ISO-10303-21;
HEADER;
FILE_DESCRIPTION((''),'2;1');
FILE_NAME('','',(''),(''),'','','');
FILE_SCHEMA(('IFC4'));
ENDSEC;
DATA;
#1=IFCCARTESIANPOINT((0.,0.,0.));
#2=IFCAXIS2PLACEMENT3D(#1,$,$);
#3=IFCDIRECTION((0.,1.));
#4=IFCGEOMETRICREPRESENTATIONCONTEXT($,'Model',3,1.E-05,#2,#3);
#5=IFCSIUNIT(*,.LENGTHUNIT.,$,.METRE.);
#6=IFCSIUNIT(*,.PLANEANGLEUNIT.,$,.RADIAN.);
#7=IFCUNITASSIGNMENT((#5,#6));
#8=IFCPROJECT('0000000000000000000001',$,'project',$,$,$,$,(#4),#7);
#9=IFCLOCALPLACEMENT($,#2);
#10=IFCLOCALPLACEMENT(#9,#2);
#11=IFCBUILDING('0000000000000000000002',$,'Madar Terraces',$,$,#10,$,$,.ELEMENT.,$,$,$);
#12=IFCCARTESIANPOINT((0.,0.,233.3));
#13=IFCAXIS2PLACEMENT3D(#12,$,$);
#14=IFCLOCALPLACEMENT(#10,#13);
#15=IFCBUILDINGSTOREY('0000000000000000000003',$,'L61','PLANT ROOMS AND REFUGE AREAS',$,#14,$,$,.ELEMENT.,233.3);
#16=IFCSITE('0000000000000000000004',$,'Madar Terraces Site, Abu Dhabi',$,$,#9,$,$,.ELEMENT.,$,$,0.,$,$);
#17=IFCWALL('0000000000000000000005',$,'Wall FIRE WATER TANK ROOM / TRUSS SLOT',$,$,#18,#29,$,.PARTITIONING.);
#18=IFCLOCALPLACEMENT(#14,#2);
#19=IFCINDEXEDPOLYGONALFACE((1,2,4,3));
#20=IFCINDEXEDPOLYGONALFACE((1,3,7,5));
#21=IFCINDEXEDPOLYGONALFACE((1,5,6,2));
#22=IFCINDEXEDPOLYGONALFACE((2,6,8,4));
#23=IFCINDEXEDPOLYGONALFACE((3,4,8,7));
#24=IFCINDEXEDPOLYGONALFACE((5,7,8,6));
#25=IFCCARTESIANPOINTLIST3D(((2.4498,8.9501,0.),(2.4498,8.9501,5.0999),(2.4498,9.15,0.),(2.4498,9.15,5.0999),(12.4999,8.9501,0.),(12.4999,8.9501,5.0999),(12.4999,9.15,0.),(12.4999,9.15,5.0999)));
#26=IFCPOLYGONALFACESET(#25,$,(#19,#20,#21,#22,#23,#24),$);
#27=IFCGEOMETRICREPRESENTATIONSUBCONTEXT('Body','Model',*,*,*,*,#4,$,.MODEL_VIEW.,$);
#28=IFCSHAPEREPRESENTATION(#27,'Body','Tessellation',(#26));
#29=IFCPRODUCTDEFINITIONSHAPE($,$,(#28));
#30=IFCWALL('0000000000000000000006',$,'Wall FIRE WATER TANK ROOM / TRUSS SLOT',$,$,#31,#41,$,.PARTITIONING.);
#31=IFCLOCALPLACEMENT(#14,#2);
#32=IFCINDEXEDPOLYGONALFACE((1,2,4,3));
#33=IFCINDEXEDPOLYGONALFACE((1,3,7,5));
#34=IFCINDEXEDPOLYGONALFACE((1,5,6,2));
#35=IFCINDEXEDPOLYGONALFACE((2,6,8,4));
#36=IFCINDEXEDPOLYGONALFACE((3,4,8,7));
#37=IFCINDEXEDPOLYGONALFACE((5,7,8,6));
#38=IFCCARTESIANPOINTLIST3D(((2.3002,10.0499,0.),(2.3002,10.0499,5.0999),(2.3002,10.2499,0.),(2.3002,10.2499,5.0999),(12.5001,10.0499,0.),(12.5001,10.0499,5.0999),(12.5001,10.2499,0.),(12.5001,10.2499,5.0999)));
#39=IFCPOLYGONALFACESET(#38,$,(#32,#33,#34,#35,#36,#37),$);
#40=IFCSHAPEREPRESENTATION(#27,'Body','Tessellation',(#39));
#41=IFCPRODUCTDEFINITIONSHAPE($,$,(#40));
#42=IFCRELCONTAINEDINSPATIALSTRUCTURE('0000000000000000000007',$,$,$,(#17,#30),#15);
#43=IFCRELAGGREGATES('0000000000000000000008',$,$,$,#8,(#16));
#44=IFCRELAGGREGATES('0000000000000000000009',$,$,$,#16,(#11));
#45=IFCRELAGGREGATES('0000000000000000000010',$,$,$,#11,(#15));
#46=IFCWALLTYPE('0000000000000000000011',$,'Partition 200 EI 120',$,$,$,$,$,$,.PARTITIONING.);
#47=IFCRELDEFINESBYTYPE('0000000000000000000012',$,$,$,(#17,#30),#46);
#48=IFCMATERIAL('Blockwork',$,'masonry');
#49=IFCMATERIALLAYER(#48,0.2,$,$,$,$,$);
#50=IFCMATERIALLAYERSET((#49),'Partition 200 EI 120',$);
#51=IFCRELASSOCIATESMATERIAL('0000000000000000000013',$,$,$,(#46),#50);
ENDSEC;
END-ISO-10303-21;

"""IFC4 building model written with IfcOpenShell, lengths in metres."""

from ifc_helpers import new_model, si_unit, direction, frame, frame_2d, origin, place, context, subcontext, project, spatial, rectangle, extrude, material, layer, layer_set, type_object, element, save


model = new_model("IFC4")

# Units and contexts
model_context = context("Model", 3, precision=1e-05, world=origin(), true_north=direction((0.0, 1.0)))
body_context = subcontext(model_context, "Body", "Model", "MODEL_VIEW")
ifc_project = project(units=[si_unit("LENGTHUNIT", "METRE"), si_unit("PLANEANGLEUNIT", "RADIAN")], contexts=[model_context])

# Site, building, storey
site_placement = place(None, origin())
site = spatial("IfcSite", under=ifc_project, at=site_placement, Name="Madar Terraces Site, Abu Dhabi", CompositionType="ELEMENT", RefElevation=0.0)
building_placement = place(site_placement, origin())
building = spatial("IfcBuilding", under=site, at=building_placement, Name="Madar Terraces", CompositionType="ELEMENT")
storey_placement = place(building_placement, frame((0.0, 0.0, 233.3)))
storey = spatial("IfcBuildingStorey", under=building, at=storey_placement, Name="L61", Description="PLANT ROOMS AND REFUGE AREAS", CompositionType="ELEMENT", Elevation=233.3)

# Walls
ifc_material_1 = material(Name="Blockwork", Category="masonry")
ifc_layer_1 = layer(ifc_material_1, 0.2)
ifc_layer_set_1 = layer_set([ifc_layer_1], Name="Partition 200 EI 120")
wall_type = type_object("IfcWallType", Name="Partition 200 EI 120", PredefinedType="PARTITIONING", material=ifc_layer_set_1)
wall_1_placement = place(storey_placement, frame((2.45, 9.05, 0.0), z_axis=(0.0, 0.0, 1.0), x_axis=(1.0, 0.0, 0.0)))
element("IfcWall", 1, at=wall_1_placement, inside=storey, type_object=wall_type, Name="Wall FIRE WATER TANK ROOM / TRUSS SLOT", PredefinedType="PARTITIONING", context=body_context, shape_type="SweptSolid", body=[
    extrude(rectangle(XDim=10.05, YDim=0.2, at=frame_2d((5.0249, 0.0))), origin(), (0.0, 0.0, 1.0), 5.0999),
])
wall_2_placement = place(storey_placement, frame((2.3, 10.1499, 0.0), z_axis=(0.0, 0.0, 1.0), x_axis=(1.0, 0.0, 0.0)))
element("IfcWall", 2, at=wall_2_placement, inside=storey, type_object=wall_type, Name="Wall FIRE WATER TANK ROOM / TRUSS SLOT", PredefinedType="PARTITIONING", context=body_context, shape_type="SweptSolid", body=[
    extrude(rectangle(XDim=10.2, YDim=0.2, at=frame_2d((5.1001, 0.0))), origin(), (0.0, 0.0, 1.0), 5.0999),
])

save(model, "model.ifc")
